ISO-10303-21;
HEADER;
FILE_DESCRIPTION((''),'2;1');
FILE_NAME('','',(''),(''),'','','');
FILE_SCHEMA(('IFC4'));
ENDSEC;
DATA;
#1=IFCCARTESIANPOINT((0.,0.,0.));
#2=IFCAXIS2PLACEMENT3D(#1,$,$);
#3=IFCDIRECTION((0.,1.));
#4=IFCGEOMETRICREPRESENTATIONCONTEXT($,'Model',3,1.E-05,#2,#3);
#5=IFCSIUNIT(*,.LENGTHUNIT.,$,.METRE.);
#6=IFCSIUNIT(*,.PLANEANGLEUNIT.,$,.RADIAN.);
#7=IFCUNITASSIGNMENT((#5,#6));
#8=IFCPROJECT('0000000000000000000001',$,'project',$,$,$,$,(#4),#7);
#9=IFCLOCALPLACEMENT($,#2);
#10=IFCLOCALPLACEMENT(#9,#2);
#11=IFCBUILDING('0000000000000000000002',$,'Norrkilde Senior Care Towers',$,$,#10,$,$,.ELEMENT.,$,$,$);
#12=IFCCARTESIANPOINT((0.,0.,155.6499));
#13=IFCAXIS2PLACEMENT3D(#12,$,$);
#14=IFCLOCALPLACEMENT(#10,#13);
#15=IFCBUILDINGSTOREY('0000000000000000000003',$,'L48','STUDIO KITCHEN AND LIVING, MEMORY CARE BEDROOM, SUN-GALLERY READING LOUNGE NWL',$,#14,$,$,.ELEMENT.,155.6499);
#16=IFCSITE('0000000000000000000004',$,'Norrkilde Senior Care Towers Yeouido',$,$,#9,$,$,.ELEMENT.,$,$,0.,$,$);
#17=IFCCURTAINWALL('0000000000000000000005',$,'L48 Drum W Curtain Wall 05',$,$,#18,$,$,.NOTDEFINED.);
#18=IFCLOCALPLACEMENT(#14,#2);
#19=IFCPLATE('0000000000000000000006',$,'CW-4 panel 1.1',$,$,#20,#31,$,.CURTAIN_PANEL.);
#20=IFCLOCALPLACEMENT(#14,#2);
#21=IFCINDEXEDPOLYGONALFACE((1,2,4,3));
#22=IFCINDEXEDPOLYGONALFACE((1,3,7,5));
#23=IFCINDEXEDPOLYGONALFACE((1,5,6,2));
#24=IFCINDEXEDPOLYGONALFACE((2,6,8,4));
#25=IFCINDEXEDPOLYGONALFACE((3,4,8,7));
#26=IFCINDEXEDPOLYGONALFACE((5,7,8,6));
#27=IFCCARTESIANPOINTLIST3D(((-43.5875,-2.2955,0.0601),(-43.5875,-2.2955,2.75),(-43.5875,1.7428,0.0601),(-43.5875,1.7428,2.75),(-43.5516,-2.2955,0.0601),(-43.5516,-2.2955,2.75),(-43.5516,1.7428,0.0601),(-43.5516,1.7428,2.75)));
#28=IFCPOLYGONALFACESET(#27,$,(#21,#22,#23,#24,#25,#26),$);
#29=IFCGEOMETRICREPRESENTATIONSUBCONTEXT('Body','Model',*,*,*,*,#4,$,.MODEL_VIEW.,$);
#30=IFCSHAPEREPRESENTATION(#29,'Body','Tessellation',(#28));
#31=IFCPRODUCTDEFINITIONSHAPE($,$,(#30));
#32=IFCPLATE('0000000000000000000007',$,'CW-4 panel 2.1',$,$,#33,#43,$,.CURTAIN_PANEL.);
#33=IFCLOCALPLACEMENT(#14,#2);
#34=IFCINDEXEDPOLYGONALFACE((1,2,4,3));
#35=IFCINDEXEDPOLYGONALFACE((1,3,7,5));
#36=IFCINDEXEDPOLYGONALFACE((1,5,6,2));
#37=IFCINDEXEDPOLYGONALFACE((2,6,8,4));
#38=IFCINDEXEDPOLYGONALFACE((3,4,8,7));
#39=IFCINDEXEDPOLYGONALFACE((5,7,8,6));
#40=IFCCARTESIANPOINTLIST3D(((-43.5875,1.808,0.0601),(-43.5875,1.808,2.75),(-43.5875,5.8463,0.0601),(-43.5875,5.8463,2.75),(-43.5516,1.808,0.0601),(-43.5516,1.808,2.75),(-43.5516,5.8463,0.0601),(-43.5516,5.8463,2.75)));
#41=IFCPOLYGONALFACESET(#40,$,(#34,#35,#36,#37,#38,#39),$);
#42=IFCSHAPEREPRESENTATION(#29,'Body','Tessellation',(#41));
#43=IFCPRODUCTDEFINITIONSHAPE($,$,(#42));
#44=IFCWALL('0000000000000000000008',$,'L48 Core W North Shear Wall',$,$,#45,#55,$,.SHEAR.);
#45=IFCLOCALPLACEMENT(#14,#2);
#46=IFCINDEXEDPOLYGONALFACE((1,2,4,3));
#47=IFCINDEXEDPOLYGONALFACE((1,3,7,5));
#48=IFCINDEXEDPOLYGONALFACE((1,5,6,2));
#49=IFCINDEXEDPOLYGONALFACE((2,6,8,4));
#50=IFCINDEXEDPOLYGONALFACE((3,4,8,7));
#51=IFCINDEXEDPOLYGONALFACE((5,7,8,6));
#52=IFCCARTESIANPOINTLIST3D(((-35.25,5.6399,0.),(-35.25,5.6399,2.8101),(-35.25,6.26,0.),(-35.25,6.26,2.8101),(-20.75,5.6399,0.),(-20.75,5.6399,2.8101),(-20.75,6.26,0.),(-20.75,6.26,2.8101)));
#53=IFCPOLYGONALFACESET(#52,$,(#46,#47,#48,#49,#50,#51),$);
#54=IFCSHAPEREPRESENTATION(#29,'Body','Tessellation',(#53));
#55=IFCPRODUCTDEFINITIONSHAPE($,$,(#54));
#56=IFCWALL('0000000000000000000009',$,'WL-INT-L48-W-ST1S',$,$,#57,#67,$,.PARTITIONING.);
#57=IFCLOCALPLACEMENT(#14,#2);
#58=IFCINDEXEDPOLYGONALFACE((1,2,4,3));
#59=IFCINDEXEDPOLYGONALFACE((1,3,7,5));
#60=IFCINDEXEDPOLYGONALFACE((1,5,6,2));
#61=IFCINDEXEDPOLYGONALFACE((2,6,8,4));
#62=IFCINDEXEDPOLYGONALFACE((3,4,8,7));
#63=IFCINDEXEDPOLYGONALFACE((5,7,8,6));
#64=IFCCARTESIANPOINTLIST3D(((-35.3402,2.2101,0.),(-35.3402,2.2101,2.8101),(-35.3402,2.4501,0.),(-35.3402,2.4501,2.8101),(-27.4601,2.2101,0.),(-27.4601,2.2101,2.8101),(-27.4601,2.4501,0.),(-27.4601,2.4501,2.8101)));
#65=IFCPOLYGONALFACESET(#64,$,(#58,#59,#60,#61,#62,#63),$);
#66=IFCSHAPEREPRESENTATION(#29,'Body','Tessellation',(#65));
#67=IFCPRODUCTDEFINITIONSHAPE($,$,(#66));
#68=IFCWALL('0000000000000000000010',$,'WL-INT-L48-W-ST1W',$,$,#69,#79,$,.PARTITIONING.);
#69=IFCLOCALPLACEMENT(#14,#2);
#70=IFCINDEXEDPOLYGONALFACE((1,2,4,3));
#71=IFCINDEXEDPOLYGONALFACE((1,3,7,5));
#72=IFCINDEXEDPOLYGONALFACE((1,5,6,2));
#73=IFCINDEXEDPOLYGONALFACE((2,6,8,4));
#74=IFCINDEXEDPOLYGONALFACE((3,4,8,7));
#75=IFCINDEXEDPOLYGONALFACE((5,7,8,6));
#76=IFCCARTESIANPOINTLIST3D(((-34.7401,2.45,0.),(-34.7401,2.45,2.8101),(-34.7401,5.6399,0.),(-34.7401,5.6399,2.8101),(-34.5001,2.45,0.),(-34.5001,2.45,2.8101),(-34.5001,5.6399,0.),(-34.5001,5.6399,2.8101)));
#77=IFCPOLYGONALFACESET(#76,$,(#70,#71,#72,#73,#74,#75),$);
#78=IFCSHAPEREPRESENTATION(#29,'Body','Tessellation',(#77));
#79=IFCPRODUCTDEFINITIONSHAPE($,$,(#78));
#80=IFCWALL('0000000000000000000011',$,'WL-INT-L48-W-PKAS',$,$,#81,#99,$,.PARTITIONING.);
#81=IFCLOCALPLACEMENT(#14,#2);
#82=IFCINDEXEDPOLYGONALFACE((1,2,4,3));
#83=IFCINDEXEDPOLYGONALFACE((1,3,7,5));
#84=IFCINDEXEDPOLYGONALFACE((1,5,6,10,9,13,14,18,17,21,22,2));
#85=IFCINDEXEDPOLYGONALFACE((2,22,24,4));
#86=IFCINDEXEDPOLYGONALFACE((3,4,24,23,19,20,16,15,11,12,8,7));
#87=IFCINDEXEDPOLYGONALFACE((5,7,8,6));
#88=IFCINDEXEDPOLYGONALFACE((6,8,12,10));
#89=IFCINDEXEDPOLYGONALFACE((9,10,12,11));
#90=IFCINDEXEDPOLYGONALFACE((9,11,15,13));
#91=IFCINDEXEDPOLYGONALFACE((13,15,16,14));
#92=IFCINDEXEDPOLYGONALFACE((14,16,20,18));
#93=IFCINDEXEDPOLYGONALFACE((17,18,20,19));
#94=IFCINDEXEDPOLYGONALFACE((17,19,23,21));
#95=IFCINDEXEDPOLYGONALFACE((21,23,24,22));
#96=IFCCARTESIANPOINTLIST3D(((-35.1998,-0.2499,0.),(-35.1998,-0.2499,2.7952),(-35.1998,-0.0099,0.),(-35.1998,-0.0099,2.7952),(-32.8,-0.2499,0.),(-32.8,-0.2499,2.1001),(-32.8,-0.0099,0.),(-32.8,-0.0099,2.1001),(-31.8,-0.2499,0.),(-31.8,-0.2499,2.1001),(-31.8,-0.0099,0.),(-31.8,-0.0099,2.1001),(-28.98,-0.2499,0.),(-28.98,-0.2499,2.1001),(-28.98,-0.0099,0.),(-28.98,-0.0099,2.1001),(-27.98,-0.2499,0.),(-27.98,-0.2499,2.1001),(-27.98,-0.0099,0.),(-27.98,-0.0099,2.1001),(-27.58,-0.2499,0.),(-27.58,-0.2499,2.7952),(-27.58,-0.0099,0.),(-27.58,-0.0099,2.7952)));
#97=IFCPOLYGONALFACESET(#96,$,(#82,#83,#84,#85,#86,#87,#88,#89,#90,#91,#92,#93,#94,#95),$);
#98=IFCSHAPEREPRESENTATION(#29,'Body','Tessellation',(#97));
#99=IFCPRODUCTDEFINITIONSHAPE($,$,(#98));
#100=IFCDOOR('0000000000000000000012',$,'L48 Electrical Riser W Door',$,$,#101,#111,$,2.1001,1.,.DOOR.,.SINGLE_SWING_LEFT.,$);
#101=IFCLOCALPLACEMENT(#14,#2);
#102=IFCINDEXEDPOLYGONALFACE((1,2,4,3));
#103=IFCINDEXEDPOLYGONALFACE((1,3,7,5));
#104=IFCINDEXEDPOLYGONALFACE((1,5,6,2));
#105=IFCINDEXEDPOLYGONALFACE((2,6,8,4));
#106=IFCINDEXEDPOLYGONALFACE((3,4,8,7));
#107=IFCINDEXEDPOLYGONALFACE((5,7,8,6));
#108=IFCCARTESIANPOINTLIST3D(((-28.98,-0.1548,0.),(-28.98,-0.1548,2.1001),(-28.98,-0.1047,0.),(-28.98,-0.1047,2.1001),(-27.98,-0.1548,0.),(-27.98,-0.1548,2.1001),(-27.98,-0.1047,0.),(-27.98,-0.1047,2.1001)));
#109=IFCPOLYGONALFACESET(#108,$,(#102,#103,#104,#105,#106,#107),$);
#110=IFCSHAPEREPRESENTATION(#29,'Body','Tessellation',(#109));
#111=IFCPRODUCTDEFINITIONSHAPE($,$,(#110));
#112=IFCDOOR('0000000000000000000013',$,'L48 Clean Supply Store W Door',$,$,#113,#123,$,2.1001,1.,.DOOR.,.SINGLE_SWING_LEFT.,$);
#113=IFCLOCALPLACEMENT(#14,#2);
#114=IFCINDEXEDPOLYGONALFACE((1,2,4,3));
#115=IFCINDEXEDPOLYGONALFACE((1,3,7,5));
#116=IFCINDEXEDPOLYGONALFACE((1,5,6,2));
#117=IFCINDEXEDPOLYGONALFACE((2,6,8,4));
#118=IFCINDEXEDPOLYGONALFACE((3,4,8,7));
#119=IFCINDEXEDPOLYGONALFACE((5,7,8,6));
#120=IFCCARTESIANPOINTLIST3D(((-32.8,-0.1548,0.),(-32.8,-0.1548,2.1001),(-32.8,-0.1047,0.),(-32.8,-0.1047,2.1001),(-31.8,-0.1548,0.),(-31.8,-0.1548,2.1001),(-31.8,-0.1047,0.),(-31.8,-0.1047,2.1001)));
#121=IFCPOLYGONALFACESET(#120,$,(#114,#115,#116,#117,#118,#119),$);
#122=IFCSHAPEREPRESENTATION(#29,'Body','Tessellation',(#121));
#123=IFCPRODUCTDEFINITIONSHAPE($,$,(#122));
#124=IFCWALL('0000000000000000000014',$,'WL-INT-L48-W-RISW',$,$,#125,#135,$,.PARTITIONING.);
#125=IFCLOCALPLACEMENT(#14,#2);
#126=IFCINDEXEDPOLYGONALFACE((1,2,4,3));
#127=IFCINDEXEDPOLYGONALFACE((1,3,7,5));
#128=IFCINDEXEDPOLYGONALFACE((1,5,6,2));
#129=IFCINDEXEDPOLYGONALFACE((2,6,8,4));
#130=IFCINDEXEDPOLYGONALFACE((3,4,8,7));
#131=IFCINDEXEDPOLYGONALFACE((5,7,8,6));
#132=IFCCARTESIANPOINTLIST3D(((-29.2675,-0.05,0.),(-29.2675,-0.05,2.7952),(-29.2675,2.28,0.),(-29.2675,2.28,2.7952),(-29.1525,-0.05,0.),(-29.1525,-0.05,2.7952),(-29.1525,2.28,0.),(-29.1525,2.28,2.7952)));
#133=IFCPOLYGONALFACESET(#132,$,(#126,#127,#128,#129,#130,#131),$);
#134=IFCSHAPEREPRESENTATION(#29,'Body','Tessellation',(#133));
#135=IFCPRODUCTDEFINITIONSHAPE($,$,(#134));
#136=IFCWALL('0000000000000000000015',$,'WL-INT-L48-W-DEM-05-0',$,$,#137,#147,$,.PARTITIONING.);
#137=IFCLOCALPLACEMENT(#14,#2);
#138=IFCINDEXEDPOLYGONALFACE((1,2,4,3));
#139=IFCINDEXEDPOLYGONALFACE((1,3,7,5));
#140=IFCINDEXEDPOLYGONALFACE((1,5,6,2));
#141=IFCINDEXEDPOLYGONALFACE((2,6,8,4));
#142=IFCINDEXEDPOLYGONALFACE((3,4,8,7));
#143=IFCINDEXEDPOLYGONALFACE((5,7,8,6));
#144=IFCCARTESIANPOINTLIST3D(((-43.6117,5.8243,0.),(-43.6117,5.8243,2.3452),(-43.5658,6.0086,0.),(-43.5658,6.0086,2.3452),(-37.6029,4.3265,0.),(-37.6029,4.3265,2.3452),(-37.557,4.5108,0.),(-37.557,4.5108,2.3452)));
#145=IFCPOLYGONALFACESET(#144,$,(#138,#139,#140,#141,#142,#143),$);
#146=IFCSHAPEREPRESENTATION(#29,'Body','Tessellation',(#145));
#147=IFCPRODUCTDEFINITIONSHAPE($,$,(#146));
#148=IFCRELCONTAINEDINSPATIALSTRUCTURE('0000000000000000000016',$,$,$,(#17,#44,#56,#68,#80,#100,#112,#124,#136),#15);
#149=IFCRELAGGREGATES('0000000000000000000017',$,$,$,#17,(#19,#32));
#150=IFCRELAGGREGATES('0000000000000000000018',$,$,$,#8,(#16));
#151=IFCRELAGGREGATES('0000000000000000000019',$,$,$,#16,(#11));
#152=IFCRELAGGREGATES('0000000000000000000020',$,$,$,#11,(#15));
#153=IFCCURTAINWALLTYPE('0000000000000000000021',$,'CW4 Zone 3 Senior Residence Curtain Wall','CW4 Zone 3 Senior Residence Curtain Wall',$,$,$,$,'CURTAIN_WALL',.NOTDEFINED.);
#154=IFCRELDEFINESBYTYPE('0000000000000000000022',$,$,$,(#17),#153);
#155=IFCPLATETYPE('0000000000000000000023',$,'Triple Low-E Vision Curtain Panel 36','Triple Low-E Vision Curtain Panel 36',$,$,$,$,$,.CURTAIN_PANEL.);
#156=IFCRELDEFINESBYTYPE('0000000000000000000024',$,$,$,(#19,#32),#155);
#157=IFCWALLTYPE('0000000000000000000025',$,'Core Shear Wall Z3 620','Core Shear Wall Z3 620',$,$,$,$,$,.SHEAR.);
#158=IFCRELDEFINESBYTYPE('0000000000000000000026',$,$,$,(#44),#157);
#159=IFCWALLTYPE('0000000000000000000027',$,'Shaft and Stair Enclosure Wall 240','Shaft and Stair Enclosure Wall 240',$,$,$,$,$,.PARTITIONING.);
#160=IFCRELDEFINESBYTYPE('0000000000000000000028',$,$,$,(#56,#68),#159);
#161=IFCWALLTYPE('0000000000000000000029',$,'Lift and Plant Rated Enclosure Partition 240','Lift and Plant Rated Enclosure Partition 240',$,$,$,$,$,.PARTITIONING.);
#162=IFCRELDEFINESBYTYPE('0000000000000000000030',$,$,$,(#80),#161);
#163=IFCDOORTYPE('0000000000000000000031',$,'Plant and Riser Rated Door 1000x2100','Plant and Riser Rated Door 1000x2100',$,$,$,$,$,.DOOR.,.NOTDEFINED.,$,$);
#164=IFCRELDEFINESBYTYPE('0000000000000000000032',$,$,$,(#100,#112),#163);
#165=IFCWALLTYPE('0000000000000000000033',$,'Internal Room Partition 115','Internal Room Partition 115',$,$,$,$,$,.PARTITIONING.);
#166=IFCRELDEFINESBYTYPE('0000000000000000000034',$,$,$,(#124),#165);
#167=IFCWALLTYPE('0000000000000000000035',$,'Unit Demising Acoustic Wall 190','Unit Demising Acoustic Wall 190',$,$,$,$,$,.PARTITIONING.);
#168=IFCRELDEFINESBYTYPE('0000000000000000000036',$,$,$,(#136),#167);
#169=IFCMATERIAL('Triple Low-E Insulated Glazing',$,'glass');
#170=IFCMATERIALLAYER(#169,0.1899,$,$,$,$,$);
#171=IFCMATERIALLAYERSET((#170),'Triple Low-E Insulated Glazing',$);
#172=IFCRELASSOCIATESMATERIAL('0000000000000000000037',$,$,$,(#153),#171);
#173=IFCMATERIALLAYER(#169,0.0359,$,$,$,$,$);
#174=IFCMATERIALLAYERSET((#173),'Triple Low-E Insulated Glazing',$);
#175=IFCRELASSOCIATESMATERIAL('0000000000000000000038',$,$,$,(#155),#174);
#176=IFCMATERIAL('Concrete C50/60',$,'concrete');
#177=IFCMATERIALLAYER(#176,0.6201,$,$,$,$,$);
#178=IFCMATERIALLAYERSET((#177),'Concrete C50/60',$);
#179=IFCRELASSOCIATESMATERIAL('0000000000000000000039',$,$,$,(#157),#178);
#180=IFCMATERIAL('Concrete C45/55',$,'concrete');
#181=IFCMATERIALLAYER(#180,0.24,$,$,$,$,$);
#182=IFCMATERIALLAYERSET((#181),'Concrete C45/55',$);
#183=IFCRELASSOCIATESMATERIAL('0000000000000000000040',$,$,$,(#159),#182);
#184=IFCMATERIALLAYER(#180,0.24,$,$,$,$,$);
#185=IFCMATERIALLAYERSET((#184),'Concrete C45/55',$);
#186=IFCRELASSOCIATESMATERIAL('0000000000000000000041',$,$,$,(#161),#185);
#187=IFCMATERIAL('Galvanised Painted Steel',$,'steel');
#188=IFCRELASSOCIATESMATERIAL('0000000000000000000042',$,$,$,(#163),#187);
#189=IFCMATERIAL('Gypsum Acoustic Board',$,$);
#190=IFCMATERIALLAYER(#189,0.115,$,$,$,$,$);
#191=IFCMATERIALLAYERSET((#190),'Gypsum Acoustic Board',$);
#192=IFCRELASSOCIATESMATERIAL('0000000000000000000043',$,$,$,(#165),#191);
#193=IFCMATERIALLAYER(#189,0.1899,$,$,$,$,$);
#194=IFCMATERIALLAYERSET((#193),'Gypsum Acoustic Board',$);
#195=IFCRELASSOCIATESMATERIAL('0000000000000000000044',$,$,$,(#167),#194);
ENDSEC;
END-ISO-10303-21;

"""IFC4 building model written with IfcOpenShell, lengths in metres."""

from ifc_helpers import new_model, si_unit, direction, frame, frame_2d, origin, origin_2d, place, context, subcontext, project, spatial, rectangle, extrude, source, transform, mapped, material, layer, layer_set, type_object, type_shapes, element, fill, aggregate, save


model = new_model("IFC4")

# Units and contexts
model_context = context("Model", 3, precision=1e-05, world=origin(), true_north=direction((0.0, 1.0)))
body_context = subcontext(model_context, "Body", "Model", "MODEL_VIEW")
ifc_project = project(units=[si_unit("LENGTHUNIT", "METRE"), si_unit("PLANEANGLEUNIT", "RADIAN")], contexts=[model_context])

# Site, building, storey
site_placement = place(None, origin())
site = spatial("IfcSite", under=ifc_project, at=site_placement, Name="Norrkilde Senior Care Towers Yeouido", CompositionType="ELEMENT", RefElevation=0.0)
building_placement = place(site_placement, origin())
building = spatial("IfcBuilding", under=site, at=building_placement, Name="Norrkilde Senior Care Towers", CompositionType="ELEMENT")
storey_placement = place(building_placement, frame((0.0, 0.0, 155.6499)))
storey = spatial("IfcBuildingStorey", under=building, at=storey_placement, Name="L48", Description="STUDIO KITCHEN AND LIVING, MEMORY CARE BEDROOM, SUN-GALLERY READING LOUNGE NWL", CompositionType="ELEMENT", Elevation=155.6499)

# Shared definitions
ifc_material_1 = material(Name="Concrete C50/60", Category="concrete")

# Shared definitions
ifc_material_2 = material(Name="Triple Low-E Insulated Glazing", Category="glass")
ifc_layer_1 = layer(ifc_material_2, 0.1899)
ifc_layer_set_1 = layer_set([ifc_layer_1], Name="Triple Low-E Insulated Glazing")
curtain_wall_type = type_object("IfcCurtainWallType", Name="CW4 Zone 3 Senior Residence Curtain Wall", Description="CW4 Zone 3 Senior Residence Curtain Wall", ElementType="CURTAIN_WALL", PredefinedType="NOTDEFINED", material=ifc_layer_set_1)

# Curtain wall, plates
curtain_wall_1_placement = place(storey_placement, origin())
curtain_wall_1 = element("IfcCurtainWall", 1, at=curtain_wall_1_placement, inside=storey, type_object=curtain_wall_type, Name="L48 Drum W Curtain Wall 05", PredefinedType="NOTDEFINED")
ifc_layer_2 = layer(ifc_material_2, 0.0359)
ifc_layer_set_2 = layer_set([ifc_layer_2], Name="Triple Low-E Insulated Glazing")
plate_type = type_object("IfcPlateType", Name="Triple Low-E Vision Curtain Panel 36", Description="Triple Low-E Vision Curtain Panel 36", PredefinedType="CURTAIN_PANEL", material=ifc_layer_set_2)
shared_shape_1 = source(origin(), body_context, "Body", "SweptSolid", [
    extrude(rectangle(XDim=4.0383, YDim=0.0359, at=origin_2d()), origin(), (0.0, 0.0, 1.0), 2.6899),
])
type_shapes(plate_type, [shared_shape_1])
plate_1_placement = place(storey_placement, frame((-43.5696, -0.2764, 0.0601), z_axis=(0.0, 0.0, 1.0), x_axis=(0.0, 1.0, 0.0)))
plate_1 = element("IfcPlate", 2, at=plate_1_placement, type_object=plate_type, Name="CW-4 panel 1.1", PredefinedType="CURTAIN_PANEL", context=body_context, shape_type="MappedRepresentation", body=[
    mapped(shared_shape_1, transform((0.0, 0.0, 0.0), x_axis=(1.0, 0.0, 0.0), y_axis=(0.0, 1.0, 0.0), z_axis=(0.0, 0.0, 1.0), scale=1.0)),
])
plate_2_placement = place(storey_placement, frame((-43.5696, 3.8271, 0.0601), z_axis=(0.0, 0.0, 1.0), x_axis=(0.0, 1.0, 0.0)))
plate_2 = element("IfcPlate", 3, at=plate_2_placement, type_object=plate_type, Name="CW-4 panel 2.1", PredefinedType="CURTAIN_PANEL", context=body_context, shape_type="MappedRepresentation", body=[
    mapped(shared_shape_1, transform((0.0, 0.0, 0.0), x_axis=(1.0, 0.0, 0.0), y_axis=(0.0, 1.0, 0.0), z_axis=(0.0, 0.0, 1.0), scale=1.0)),
])
aggregate(curtain_wall_1, [plate_1, plate_2])

# Walls
ifc_layer_3 = layer(ifc_material_1, 0.6201)
ifc_layer_set_3 = layer_set([ifc_layer_3], Name="Concrete C50/60")
wall_type_1 = type_object("IfcWallType", Name="Core Shear Wall Z3 620", Description="Core Shear Wall Z3 620", PredefinedType="SHEAR", material=ifc_layer_set_3)
shared_shape_2 = source(origin(), body_context, "Body", "SweptSolid", [
    extrude(rectangle(XDim=14.5, YDim=0.6201, at=frame_2d((7.25, 0.0))), origin(), (0.0, 0.0, 1.0), 2.8101),
])
type_shapes(wall_type_1, [shared_shape_2])
wall_1_placement = place(storey_placement, frame((-35.25, 5.95, 0.0), z_axis=(0.0, 0.0, 1.0), x_axis=(1.0, 0.0, 0.0)))
element("IfcWall", 4, at=wall_1_placement, inside=storey, type_object=wall_type_1, Name="L48 Core W North Shear Wall", PredefinedType="SHEAR", context=body_context, shape_type="MappedRepresentation", body=[
    mapped(shared_shape_2, transform((0.0, 0.0, 0.0), x_axis=(1.0, 0.0, 0.0), y_axis=(0.0, 1.0, 0.0), z_axis=(0.0, 0.0, 1.0), scale=1.0)),
])
ifc_material_3 = material(Name="Concrete C45/55", Category="concrete")
ifc_layer_4 = layer(ifc_material_3, 0.24)
ifc_layer_set_4 = layer_set([ifc_layer_4], Name="Concrete C45/55")
wall_type_2 = type_object("IfcWallType", Name="Shaft and Stair Enclosure Wall 240", Description="Shaft and Stair Enclosure Wall 240", PredefinedType="PARTITIONING", material=ifc_layer_set_4)
shared_shape_3 = source(origin(), body_context, "Body", "SweptSolid", [
    extrude(rectangle(XDim=7.8801, YDim=0.24, at=frame_2d((3.9399, 0.0))), origin(), (0.0, 0.0, 1.0), 2.8101),
])
wall_2_placement = place(storey_placement, frame((-35.3401, 2.3301, 0.0), z_axis=(0.0, 0.0, 1.0), x_axis=(1.0, 0.0, 0.0)))
element("IfcWall", 5, at=wall_2_placement, inside=storey, type_object=wall_type_2, Name="WL-INT-L48-W-ST1S", PredefinedType="PARTITIONING", context=body_context, shape_type="MappedRepresentation", body=[
    mapped(shared_shape_3, transform((0.0, 0.0, 0.0), x_axis=(1.0, 0.0, 0.0), y_axis=(0.0, 1.0, 0.0), z_axis=(0.0, 0.0, 1.0), scale=1.0)),
])
shared_shape_4 = source(origin(), body_context, "Body", "SweptSolid", [
    extrude(rectangle(XDim=3.1899, YDim=0.24, at=frame_2d((1.595, 0.0))), origin(), (0.0, 0.0, 1.0), 2.8101),
])
type_shapes(wall_type_2, [shared_shape_3, shared_shape_4])
wall_3_placement = place(storey_placement, frame((-34.6201, 2.45, 0.0), z_axis=(0.0, 0.0, 1.0), x_axis=(0.0, 1.0, 0.0)))
element("IfcWall", 6, at=wall_3_placement, inside=storey, type_object=wall_type_2, Name="WL-INT-L48-W-ST1W", PredefinedType="PARTITIONING", context=body_context, shape_type="MappedRepresentation", body=[
    mapped(shared_shape_4, transform((0.0, 0.0, 0.0), x_axis=(1.0, 0.0, 0.0), y_axis=(0.0, 1.0, 0.0), z_axis=(0.0, 0.0, 1.0), scale=1.0)),
])

# Wall, openings, doors
ifc_layer_5 = layer(ifc_material_3, 0.24)
ifc_layer_set_5 = layer_set([ifc_layer_5], Name="Concrete C45/55")
wall_type_3 = type_object("IfcWallType", Name="Lift and Plant Rated Enclosure Partition 240", Description="Lift and Plant Rated Enclosure Partition 240", PredefinedType="PARTITIONING", material=ifc_layer_set_5)
shared_shape_5 = source(origin(), body_context, "Body", "SweptSolid", [
    extrude(rectangle(XDim=7.6199, YDim=0.24, at=frame_2d((3.8101, 0.0))), origin(), (0.0, 0.0, 1.0), 2.7952),
])
type_shapes(wall_type_3, [shared_shape_5])
wall_4_placement = place(storey_placement, frame((-35.2, -0.1299, 0.0), z_axis=(0.0, 0.0, 1.0), x_axis=(1.0, 0.0, 0.0)))
wall_4 = element("IfcWall", 7, at=wall_4_placement, inside=storey, type_object=wall_type_3, Name="WL-INT-L48-W-PKAS", PredefinedType="PARTITIONING", context=body_context, shape_type="MappedRepresentation", body=[
    mapped(shared_shape_5, transform((0.0, 0.0, 0.0), x_axis=(1.0, 0.0, 0.0), y_axis=(0.0, 1.0, 0.0), z_axis=(0.0, 0.0, 1.0), scale=1.0)),
])
opening_1_placement = place(wall_4_placement, frame((6.22, 0.0, 0.0)))
opening_1 = element("IfcOpeningElement", 8, at=opening_1_placement, cuts=wall_4, PredefinedType="OPENING", context=body_context, shape_type="SweptSolid", body=[
    extrude(rectangle(XDim=1.0, YDim=2.1001, at=frame_2d((0.5, 1.05))), frame((0.0, 0.1299, 0.0), z_axis=(0.0, -1.0, 0.0), x_axis=(1.0, 0.0, 0.0)), (0.0, 0.0, 1.0), 0.26),
])
opening_2_placement = place(wall_4_placement, frame((2.3999, 0.0, 0.0)))
opening_2 = element("IfcOpeningElement", 9, at=opening_2_placement, cuts=wall_4, PredefinedType="OPENING", context=body_context, shape_type="SweptSolid", body=[
    extrude(rectangle(XDim=1.0, YDim=2.1001, at=frame_2d((0.5, 1.05))), frame((0.0, 0.1299, 0.0), z_axis=(0.0, -1.0, 0.0), x_axis=(1.0, 0.0, 0.0)), (0.0, 0.0, 1.0), 0.26),
])
ifc_material_4 = material(Name="Galvanised Painted Steel", Category="steel")
door_type_1 = type_object("IfcDoorType", Name="Plant and Riser Rated Door 1000x2100", Description="Plant and Riser Rated Door 1000x2100", OperationType="NOTDEFINED", PredefinedType="DOOR", material=ifc_material_4)
shared_shape_6 = source(origin(), body_context, "Body", "SweptSolid", [
    extrude(rectangle(XDim=1.0, YDim=2.1001, at=frame_2d((0.5, 1.05))), frame((0.0, 0.0249, 0.0), z_axis=(0.0, -1.0, 0.0), x_axis=(1.0, 0.0, 0.0)), (0.0, 0.0, 1.0), 0.05),
])
type_shapes(door_type_1, [shared_shape_6])
door_1_placement = place(opening_1_placement, frame((1.0, 0.0, 0.0), z_axis=(0.0, 0.0, 1.0), x_axis=(-1.0, 0.0, 0.0)))
door_1 = element("IfcDoor", 10, at=door_1_placement, inside=storey, type_object=door_type_1, Name="L48 Electrical Riser W Door", OperationType="SINGLE_SWING_LEFT", OverallHeight=2.1001, OverallWidth=1.0, PredefinedType="DOOR", context=body_context, shape_type="MappedRepresentation", body=[
    mapped(shared_shape_6, transform((0.0, 0.0, 0.0), x_axis=(1.0, 0.0, 0.0), y_axis=(0.0, 1.0, 0.0), z_axis=(0.0, 0.0, 1.0), scale=1.0)),
])
fill(opening_1, door_1)
door_2_placement = place(opening_2_placement, frame((1.0, 0.0, 0.0), z_axis=(0.0, 0.0, 1.0), x_axis=(-1.0, 0.0, 0.0)))
door_2 = element("IfcDoor", 11, at=door_2_placement, inside=storey, type_object=door_type_1, Name="L48 Clean Supply Store W Door", OperationType="SINGLE_SWING_LEFT", OverallHeight=2.1001, OverallWidth=1.0, PredefinedType="DOOR", context=body_context, shape_type="MappedRepresentation", body=[
    mapped(shared_shape_6, transform((0.0, 0.0, 0.0), x_axis=(1.0, 0.0, 0.0), y_axis=(0.0, 1.0, 0.0), z_axis=(0.0, 0.0, 1.0), scale=1.0)),
])
fill(opening_2, door_2)

# Walls
ifc_material_5 = material(Name="Gypsum Acoustic Board")
ifc_layer_6 = layer(ifc_material_5, 0.115)
ifc_layer_set_6 = layer_set([ifc_layer_6], Name="Gypsum Acoustic Board")
wall_type_4 = type_object("IfcWallType", Name="Internal Room Partition 115", Description="Internal Room Partition 115", PredefinedType="PARTITIONING", material=ifc_layer_set_6)
shared_shape_7 = source(origin(), body_context, "Body", "SweptSolid", [
    extrude(rectangle(XDim=2.3301, YDim=0.115, at=frame_2d((1.165, 0.0))), origin(), (0.0, 0.0, 1.0), 2.7952),
])
type_shapes(wall_type_4, [shared_shape_7])
wall_5_placement = place(storey_placement, frame((-29.21, -0.05, 0.0), z_axis=(0.0, 0.0, 1.0), x_axis=(0.0, 1.0, 0.0)))
element("IfcWall", 12, at=wall_5_placement, inside=storey, type_object=wall_type_4, Name="WL-INT-L48-W-RISW", PredefinedType="PARTITIONING", context=body_context, shape_type="MappedRepresentation", body=[
    mapped(shared_shape_7, transform((0.0, 0.0, 0.0), x_axis=(1.0, 0.0, 0.0), y_axis=(0.0, 1.0, 0.0), z_axis=(0.0, 0.0, 1.0), scale=1.0)),
])
ifc_layer_7 = layer(ifc_material_5, 0.1899)
ifc_layer_set_7 = layer_set([ifc_layer_7], Name="Gypsum Acoustic Board")
wall_type_5 = type_object("IfcWallType", Name="Unit Demising Acoustic Wall 190", Description="Unit Demising Acoustic Wall 190", PredefinedType="PARTITIONING", material=ifc_layer_set_7)
shared_shape_8 = source(origin(), body_context, "Body", "SweptSolid", [
    extrude(rectangle(XDim=6.1926, YDim=0.1899, at=frame_2d((3.0962, 0.0))), origin(), (0.0, 0.0, 1.0), 2.3452),
])
type_shapes(wall_type_5, [shared_shape_8])
wall_6_placement = place(storey_placement, frame((-37.5801, 4.4187, 0.0), z_axis=(0.0, 0.0, 1.0), x_axis=(-0.970309, 0.241868, 0.0)))
element("IfcWall", 13, at=wall_6_placement, inside=storey, type_object=wall_type_5, Name="WL-INT-L48-W-DEM-05-0", PredefinedType="PARTITIONING", context=body_context, shape_type="MappedRepresentation", body=[
    mapped(shared_shape_8, transform((0.0, 0.0, 0.0), x_axis=(1.0, 0.0, 0.0), y_axis=(0.0, 1.0, 0.0), z_axis=(0.0, 0.0, 1.0), scale=1.0)),
])

save(model, "model.ifc")
